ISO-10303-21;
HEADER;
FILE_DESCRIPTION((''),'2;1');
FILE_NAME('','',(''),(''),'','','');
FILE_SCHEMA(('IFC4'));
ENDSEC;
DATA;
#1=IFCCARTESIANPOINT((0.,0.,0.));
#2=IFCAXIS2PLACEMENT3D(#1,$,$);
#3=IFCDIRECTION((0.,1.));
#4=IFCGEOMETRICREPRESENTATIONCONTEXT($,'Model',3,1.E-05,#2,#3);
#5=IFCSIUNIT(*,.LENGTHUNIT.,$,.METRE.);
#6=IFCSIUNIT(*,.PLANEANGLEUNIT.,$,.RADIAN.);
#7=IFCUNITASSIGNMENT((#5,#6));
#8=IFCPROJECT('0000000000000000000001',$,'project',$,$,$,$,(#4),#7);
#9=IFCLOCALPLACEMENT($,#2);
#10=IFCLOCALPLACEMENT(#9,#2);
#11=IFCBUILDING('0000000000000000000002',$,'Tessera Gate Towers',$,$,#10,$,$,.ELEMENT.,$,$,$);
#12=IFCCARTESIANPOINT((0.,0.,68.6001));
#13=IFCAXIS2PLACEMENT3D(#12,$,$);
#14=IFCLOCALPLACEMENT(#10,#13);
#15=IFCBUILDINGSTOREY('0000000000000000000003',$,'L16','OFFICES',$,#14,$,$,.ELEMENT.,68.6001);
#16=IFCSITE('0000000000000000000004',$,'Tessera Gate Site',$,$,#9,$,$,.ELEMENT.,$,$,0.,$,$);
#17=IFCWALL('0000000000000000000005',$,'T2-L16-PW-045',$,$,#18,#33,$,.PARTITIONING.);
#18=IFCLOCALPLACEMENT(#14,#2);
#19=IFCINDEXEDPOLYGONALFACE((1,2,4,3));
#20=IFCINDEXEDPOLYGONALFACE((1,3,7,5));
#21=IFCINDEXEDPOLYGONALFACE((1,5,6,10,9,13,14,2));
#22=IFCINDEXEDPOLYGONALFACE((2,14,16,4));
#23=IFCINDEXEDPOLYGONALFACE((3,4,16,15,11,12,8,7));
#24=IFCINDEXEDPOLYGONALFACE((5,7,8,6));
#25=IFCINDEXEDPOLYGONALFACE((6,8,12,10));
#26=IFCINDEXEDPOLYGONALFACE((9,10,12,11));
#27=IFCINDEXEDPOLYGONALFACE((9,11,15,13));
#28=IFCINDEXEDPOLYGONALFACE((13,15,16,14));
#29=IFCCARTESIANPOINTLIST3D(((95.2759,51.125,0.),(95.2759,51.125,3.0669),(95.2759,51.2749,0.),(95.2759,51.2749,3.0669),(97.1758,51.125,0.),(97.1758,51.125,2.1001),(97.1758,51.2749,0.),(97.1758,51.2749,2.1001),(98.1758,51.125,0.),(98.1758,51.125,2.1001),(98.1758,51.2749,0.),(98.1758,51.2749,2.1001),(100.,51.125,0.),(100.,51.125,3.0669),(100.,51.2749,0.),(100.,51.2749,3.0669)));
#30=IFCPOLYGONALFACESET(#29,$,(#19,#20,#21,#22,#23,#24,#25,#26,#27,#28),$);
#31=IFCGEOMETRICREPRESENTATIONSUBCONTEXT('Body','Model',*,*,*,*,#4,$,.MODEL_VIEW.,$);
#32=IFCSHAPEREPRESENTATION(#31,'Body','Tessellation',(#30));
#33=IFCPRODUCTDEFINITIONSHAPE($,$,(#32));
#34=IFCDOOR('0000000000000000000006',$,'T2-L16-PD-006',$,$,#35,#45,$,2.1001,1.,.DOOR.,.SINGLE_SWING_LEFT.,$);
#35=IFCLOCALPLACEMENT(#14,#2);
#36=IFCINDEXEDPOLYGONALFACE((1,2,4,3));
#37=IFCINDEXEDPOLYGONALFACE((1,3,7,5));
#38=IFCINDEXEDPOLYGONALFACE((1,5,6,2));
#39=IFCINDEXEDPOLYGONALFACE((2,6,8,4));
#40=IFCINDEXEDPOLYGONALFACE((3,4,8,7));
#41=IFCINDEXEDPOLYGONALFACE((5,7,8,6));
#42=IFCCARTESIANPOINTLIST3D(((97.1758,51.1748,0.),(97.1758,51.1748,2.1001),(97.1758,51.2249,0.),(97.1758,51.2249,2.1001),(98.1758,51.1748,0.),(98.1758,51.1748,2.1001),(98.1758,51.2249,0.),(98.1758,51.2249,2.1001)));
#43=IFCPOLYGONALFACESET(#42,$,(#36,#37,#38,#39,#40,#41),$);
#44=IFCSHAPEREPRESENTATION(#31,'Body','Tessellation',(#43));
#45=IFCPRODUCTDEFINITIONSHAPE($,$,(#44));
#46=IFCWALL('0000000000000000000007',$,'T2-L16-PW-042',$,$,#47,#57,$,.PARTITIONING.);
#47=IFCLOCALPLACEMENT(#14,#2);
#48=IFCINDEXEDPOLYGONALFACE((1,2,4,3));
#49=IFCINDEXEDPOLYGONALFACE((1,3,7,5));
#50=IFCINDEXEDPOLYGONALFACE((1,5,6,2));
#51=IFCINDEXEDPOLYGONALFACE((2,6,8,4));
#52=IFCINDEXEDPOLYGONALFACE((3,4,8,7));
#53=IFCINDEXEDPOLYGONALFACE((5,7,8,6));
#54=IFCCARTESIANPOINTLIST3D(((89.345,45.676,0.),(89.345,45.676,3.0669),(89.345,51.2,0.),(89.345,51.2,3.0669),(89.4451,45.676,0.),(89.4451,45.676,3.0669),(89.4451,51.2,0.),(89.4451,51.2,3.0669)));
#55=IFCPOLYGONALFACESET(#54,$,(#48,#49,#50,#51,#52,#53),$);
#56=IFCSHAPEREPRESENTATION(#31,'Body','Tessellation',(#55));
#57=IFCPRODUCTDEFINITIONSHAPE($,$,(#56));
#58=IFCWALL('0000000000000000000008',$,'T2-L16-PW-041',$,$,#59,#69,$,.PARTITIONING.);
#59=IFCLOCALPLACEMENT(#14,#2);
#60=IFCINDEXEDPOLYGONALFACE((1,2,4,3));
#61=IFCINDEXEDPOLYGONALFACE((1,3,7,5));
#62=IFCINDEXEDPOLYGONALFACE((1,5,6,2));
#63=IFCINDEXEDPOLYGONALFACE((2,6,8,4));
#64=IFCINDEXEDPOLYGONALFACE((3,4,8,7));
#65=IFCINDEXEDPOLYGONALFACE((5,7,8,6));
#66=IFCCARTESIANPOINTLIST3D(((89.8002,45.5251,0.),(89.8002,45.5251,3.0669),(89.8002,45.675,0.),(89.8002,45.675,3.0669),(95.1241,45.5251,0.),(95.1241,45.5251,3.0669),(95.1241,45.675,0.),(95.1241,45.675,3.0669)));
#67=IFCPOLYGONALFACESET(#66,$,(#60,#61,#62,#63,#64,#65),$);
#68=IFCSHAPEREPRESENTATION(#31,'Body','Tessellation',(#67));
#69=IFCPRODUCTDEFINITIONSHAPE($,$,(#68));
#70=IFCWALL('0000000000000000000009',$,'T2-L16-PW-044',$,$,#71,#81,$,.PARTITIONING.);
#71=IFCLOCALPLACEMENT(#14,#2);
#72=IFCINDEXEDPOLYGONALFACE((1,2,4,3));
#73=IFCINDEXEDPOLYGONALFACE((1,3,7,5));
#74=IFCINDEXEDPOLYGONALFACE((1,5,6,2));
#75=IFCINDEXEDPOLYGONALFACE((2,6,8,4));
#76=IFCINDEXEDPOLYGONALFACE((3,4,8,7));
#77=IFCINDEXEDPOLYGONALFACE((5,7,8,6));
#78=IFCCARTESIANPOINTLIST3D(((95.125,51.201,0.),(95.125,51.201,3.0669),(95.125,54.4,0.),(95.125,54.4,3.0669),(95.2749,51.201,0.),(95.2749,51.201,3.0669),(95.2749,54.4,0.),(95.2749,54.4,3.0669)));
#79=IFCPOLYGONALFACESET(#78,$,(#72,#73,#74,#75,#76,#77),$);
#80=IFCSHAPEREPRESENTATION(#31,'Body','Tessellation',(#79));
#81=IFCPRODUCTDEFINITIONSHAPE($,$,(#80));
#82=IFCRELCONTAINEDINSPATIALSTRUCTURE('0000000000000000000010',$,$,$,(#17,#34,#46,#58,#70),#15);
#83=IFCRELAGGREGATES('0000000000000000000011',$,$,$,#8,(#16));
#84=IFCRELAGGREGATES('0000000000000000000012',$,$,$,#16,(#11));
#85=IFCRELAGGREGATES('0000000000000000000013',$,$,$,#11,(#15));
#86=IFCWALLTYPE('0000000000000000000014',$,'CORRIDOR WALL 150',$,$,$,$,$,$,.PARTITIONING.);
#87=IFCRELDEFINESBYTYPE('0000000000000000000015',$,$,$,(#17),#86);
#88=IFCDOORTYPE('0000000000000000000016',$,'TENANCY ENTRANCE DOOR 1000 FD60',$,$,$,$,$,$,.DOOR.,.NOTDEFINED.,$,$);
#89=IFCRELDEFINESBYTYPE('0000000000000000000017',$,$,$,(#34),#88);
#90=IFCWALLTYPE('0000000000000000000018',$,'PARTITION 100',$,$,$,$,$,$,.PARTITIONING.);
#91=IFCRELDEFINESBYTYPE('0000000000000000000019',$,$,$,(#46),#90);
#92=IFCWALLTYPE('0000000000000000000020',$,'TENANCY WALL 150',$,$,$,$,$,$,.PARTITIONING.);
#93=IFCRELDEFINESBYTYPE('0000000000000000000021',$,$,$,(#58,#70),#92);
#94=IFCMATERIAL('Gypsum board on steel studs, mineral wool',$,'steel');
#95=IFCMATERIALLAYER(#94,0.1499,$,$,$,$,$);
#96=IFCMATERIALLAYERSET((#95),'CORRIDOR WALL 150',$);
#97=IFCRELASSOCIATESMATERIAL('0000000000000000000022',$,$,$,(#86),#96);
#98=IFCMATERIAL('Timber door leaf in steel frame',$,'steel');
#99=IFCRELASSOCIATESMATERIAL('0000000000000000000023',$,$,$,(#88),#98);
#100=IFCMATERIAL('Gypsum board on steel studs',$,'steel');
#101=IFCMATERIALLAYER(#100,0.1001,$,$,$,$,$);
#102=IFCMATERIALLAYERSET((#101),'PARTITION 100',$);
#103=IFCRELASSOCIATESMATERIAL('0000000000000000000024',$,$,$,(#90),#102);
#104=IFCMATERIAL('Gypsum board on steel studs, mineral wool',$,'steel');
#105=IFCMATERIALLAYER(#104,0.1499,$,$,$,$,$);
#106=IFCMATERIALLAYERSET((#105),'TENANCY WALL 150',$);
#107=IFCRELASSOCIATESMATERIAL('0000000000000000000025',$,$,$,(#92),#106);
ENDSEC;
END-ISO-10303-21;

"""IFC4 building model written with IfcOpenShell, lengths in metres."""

from ifc_helpers import new_model, si_unit, direction, frame, frame_2d, origin, place, context, subcontext, project, spatial, rectangle, extrude, source, transform, mapped, material, layer, layer_set, type_object, element, fill, save


model = new_model("IFC4")

# Units and contexts
model_context = context("Model", 3, precision=1e-05, world=origin(), true_north=direction((0.0, 1.0)))
body_context = subcontext(model_context, "Body", "Model", "MODEL_VIEW")
ifc_project = project(units=[si_unit("LENGTHUNIT", "METRE"), si_unit("PLANEANGLEUNIT", "RADIAN")], contexts=[model_context])

# Site, building, storey
site_placement = place(None, origin())
site = spatial("IfcSite", under=ifc_project, at=site_placement, Name="Tessera Gate Site", CompositionType="ELEMENT", RefElevation=0.0)
building_placement = place(site_placement, origin())
building = spatial("IfcBuilding", under=site, at=building_placement, Name="Tessera Gate Towers", CompositionType="ELEMENT")
storey_placement = place(building_placement, frame((0.0, 0.0, 68.6001)))
storey = spatial("IfcBuildingStorey", under=building, at=storey_placement, Name="L16", Description="OFFICES", CompositionType="ELEMENT", Elevation=68.6001)

# Wall, opening, door
ifc_material_1 = material(Name="Gypsum board on steel studs, mineral wool", Category="steel")
ifc_layer_1 = layer(ifc_material_1, 0.1499)
ifc_layer_set_1 = layer_set([ifc_layer_1], Name="CORRIDOR WALL 150")
wall_type_1 = type_object("IfcWallType", Name="CORRIDOR WALL 150", PredefinedType="PARTITIONING", material=ifc_layer_set_1)
wall_1_placement = place(storey_placement, frame((95.2759, 51.2, 0.0), z_axis=(0.0, 0.0, 1.0), x_axis=(1.0, 0.0, 0.0)))
wall_1 = element("IfcWall", 1, at=wall_1_placement, inside=storey, type_object=wall_type_1, Name="T2-L16-PW-045", PredefinedType="PARTITIONING", context=body_context, shape_type="SweptSolid", body=[
    extrude(rectangle(XDim=4.7241, YDim=0.1499, at=frame_2d((2.3621, 0.0))), origin(), (0.0, 0.0, 1.0), 3.0669),
])
shared_shape_1 = source(origin(), body_context, "Body", "SweptSolid", [
    extrude(rectangle(XDim=1.0, YDim=2.1001, at=frame_2d((0.5, 1.05))), frame((0.0, 0.085, 0.0), z_axis=(0.0, -1.0, 0.0), x_axis=(1.0, 0.0, 0.0)), (0.0, 0.0, 1.0), 0.1699),
])
opening_placement = place(wall_1_placement, frame((1.8999, 0.0, 0.0)))
opening = element("IfcOpeningElement", 2, at=opening_placement, cuts=wall_1, PredefinedType="OPENING", context=body_context, shape_type="MappedRepresentation", body=[
    mapped(shared_shape_1, transform((0.0, 0.0, 0.0), scale=1.0)),
])
ifc_material_2 = material(Name="Timber door leaf in steel frame", Category="steel")
door_type = type_object("IfcDoorType", Name="TENANCY ENTRANCE DOOR 1000 FD60", OperationType="NOTDEFINED", PredefinedType="DOOR", material=ifc_material_2)
shared_shape_2 = source(origin(), body_context, "Body", "SweptSolid", [
    extrude(rectangle(XDim=1.0, YDim=2.1001, at=frame_2d((0.5, 1.05))), frame((0.0, 0.0249, 0.0), z_axis=(0.0, -1.0, 0.0), x_axis=(1.0, 0.0, 0.0)), (0.0, 0.0, 1.0), 0.05),
])
door_placement = place(opening_placement, origin())
door = element("IfcDoor", 3, at=door_placement, inside=storey, type_object=door_type, Name="T2-L16-PD-006", OperationType="SINGLE_SWING_LEFT", OverallHeight=2.1001, OverallWidth=1.0, PredefinedType="DOOR", context=body_context, shape_type="MappedRepresentation", body=[
    mapped(shared_shape_2, transform((0.0, 0.0, 0.0), scale=1.0)),
])
fill(opening, door)

# Walls
ifc_material_3 = material(Name="Gypsum board on steel studs", Category="steel")
ifc_layer_2 = layer(ifc_material_3, 0.1001)
ifc_layer_set_2 = layer_set([ifc_layer_2], Name="PARTITION 100")
wall_type_2 = type_object("IfcWallType", Name="PARTITION 100", PredefinedType="PARTITIONING", material=ifc_layer_set_2)
wall_2_placement = place(storey_placement, frame((89.395, 45.676, 0.0), z_axis=(0.0, 0.0, 1.0), x_axis=(0.0, 1.0, 0.0)))
element("IfcWall", 4, at=wall_2_placement, inside=storey, type_object=wall_type_2, Name="T2-L16-PW-042", PredefinedType="PARTITIONING", context=body_context, shape_type="SweptSolid", body=[
    extrude(rectangle(XDim=5.5239, YDim=0.1001, at=frame_2d((2.762, 0.0))), origin(), (0.0, 0.0, 1.0), 3.0669),
])
ifc_material_4 = material(Name="Gypsum board on steel studs, mineral wool", Category="steel")
ifc_layer_3 = layer(ifc_material_4, 0.1499)
ifc_layer_set_3 = layer_set([ifc_layer_3], Name="TENANCY WALL 150")
wall_type_3 = type_object("IfcWallType", Name="TENANCY WALL 150", PredefinedType="PARTITIONING", material=ifc_layer_set_3)
wall_3_placement = place(storey_placement, frame((89.8, 45.6001, 0.0), z_axis=(0.0, 0.0, 1.0), x_axis=(1.0, 0.0, 0.0)))
element("IfcWall", 5, at=wall_3_placement, inside=storey, type_object=wall_type_3, Name="T2-L16-PW-041", PredefinedType="PARTITIONING", context=body_context, shape_type="SweptSolid", body=[
    extrude(rectangle(XDim=5.324, YDim=0.1499, at=frame_2d((2.6621, 0.0))), origin(), (0.0, 0.0, 1.0), 3.0669),
])
wall_4_placement = place(storey_placement, frame((95.2, 51.2009, 0.0), z_axis=(0.0, 0.0, 1.0), x_axis=(0.0, 1.0, 0.0)))
element("IfcWall", 6, at=wall_4_placement, inside=storey, type_object=wall_type_3, Name="T2-L16-PW-044", PredefinedType="PARTITIONING", context=body_context, shape_type="SweptSolid", body=[
    extrude(rectangle(XDim=3.199, YDim=0.1499, at=frame_2d((1.5996, 0.0))), origin(), (0.0, 0.0, 1.0), 3.0669),
])

save(model, "model.ifc")
